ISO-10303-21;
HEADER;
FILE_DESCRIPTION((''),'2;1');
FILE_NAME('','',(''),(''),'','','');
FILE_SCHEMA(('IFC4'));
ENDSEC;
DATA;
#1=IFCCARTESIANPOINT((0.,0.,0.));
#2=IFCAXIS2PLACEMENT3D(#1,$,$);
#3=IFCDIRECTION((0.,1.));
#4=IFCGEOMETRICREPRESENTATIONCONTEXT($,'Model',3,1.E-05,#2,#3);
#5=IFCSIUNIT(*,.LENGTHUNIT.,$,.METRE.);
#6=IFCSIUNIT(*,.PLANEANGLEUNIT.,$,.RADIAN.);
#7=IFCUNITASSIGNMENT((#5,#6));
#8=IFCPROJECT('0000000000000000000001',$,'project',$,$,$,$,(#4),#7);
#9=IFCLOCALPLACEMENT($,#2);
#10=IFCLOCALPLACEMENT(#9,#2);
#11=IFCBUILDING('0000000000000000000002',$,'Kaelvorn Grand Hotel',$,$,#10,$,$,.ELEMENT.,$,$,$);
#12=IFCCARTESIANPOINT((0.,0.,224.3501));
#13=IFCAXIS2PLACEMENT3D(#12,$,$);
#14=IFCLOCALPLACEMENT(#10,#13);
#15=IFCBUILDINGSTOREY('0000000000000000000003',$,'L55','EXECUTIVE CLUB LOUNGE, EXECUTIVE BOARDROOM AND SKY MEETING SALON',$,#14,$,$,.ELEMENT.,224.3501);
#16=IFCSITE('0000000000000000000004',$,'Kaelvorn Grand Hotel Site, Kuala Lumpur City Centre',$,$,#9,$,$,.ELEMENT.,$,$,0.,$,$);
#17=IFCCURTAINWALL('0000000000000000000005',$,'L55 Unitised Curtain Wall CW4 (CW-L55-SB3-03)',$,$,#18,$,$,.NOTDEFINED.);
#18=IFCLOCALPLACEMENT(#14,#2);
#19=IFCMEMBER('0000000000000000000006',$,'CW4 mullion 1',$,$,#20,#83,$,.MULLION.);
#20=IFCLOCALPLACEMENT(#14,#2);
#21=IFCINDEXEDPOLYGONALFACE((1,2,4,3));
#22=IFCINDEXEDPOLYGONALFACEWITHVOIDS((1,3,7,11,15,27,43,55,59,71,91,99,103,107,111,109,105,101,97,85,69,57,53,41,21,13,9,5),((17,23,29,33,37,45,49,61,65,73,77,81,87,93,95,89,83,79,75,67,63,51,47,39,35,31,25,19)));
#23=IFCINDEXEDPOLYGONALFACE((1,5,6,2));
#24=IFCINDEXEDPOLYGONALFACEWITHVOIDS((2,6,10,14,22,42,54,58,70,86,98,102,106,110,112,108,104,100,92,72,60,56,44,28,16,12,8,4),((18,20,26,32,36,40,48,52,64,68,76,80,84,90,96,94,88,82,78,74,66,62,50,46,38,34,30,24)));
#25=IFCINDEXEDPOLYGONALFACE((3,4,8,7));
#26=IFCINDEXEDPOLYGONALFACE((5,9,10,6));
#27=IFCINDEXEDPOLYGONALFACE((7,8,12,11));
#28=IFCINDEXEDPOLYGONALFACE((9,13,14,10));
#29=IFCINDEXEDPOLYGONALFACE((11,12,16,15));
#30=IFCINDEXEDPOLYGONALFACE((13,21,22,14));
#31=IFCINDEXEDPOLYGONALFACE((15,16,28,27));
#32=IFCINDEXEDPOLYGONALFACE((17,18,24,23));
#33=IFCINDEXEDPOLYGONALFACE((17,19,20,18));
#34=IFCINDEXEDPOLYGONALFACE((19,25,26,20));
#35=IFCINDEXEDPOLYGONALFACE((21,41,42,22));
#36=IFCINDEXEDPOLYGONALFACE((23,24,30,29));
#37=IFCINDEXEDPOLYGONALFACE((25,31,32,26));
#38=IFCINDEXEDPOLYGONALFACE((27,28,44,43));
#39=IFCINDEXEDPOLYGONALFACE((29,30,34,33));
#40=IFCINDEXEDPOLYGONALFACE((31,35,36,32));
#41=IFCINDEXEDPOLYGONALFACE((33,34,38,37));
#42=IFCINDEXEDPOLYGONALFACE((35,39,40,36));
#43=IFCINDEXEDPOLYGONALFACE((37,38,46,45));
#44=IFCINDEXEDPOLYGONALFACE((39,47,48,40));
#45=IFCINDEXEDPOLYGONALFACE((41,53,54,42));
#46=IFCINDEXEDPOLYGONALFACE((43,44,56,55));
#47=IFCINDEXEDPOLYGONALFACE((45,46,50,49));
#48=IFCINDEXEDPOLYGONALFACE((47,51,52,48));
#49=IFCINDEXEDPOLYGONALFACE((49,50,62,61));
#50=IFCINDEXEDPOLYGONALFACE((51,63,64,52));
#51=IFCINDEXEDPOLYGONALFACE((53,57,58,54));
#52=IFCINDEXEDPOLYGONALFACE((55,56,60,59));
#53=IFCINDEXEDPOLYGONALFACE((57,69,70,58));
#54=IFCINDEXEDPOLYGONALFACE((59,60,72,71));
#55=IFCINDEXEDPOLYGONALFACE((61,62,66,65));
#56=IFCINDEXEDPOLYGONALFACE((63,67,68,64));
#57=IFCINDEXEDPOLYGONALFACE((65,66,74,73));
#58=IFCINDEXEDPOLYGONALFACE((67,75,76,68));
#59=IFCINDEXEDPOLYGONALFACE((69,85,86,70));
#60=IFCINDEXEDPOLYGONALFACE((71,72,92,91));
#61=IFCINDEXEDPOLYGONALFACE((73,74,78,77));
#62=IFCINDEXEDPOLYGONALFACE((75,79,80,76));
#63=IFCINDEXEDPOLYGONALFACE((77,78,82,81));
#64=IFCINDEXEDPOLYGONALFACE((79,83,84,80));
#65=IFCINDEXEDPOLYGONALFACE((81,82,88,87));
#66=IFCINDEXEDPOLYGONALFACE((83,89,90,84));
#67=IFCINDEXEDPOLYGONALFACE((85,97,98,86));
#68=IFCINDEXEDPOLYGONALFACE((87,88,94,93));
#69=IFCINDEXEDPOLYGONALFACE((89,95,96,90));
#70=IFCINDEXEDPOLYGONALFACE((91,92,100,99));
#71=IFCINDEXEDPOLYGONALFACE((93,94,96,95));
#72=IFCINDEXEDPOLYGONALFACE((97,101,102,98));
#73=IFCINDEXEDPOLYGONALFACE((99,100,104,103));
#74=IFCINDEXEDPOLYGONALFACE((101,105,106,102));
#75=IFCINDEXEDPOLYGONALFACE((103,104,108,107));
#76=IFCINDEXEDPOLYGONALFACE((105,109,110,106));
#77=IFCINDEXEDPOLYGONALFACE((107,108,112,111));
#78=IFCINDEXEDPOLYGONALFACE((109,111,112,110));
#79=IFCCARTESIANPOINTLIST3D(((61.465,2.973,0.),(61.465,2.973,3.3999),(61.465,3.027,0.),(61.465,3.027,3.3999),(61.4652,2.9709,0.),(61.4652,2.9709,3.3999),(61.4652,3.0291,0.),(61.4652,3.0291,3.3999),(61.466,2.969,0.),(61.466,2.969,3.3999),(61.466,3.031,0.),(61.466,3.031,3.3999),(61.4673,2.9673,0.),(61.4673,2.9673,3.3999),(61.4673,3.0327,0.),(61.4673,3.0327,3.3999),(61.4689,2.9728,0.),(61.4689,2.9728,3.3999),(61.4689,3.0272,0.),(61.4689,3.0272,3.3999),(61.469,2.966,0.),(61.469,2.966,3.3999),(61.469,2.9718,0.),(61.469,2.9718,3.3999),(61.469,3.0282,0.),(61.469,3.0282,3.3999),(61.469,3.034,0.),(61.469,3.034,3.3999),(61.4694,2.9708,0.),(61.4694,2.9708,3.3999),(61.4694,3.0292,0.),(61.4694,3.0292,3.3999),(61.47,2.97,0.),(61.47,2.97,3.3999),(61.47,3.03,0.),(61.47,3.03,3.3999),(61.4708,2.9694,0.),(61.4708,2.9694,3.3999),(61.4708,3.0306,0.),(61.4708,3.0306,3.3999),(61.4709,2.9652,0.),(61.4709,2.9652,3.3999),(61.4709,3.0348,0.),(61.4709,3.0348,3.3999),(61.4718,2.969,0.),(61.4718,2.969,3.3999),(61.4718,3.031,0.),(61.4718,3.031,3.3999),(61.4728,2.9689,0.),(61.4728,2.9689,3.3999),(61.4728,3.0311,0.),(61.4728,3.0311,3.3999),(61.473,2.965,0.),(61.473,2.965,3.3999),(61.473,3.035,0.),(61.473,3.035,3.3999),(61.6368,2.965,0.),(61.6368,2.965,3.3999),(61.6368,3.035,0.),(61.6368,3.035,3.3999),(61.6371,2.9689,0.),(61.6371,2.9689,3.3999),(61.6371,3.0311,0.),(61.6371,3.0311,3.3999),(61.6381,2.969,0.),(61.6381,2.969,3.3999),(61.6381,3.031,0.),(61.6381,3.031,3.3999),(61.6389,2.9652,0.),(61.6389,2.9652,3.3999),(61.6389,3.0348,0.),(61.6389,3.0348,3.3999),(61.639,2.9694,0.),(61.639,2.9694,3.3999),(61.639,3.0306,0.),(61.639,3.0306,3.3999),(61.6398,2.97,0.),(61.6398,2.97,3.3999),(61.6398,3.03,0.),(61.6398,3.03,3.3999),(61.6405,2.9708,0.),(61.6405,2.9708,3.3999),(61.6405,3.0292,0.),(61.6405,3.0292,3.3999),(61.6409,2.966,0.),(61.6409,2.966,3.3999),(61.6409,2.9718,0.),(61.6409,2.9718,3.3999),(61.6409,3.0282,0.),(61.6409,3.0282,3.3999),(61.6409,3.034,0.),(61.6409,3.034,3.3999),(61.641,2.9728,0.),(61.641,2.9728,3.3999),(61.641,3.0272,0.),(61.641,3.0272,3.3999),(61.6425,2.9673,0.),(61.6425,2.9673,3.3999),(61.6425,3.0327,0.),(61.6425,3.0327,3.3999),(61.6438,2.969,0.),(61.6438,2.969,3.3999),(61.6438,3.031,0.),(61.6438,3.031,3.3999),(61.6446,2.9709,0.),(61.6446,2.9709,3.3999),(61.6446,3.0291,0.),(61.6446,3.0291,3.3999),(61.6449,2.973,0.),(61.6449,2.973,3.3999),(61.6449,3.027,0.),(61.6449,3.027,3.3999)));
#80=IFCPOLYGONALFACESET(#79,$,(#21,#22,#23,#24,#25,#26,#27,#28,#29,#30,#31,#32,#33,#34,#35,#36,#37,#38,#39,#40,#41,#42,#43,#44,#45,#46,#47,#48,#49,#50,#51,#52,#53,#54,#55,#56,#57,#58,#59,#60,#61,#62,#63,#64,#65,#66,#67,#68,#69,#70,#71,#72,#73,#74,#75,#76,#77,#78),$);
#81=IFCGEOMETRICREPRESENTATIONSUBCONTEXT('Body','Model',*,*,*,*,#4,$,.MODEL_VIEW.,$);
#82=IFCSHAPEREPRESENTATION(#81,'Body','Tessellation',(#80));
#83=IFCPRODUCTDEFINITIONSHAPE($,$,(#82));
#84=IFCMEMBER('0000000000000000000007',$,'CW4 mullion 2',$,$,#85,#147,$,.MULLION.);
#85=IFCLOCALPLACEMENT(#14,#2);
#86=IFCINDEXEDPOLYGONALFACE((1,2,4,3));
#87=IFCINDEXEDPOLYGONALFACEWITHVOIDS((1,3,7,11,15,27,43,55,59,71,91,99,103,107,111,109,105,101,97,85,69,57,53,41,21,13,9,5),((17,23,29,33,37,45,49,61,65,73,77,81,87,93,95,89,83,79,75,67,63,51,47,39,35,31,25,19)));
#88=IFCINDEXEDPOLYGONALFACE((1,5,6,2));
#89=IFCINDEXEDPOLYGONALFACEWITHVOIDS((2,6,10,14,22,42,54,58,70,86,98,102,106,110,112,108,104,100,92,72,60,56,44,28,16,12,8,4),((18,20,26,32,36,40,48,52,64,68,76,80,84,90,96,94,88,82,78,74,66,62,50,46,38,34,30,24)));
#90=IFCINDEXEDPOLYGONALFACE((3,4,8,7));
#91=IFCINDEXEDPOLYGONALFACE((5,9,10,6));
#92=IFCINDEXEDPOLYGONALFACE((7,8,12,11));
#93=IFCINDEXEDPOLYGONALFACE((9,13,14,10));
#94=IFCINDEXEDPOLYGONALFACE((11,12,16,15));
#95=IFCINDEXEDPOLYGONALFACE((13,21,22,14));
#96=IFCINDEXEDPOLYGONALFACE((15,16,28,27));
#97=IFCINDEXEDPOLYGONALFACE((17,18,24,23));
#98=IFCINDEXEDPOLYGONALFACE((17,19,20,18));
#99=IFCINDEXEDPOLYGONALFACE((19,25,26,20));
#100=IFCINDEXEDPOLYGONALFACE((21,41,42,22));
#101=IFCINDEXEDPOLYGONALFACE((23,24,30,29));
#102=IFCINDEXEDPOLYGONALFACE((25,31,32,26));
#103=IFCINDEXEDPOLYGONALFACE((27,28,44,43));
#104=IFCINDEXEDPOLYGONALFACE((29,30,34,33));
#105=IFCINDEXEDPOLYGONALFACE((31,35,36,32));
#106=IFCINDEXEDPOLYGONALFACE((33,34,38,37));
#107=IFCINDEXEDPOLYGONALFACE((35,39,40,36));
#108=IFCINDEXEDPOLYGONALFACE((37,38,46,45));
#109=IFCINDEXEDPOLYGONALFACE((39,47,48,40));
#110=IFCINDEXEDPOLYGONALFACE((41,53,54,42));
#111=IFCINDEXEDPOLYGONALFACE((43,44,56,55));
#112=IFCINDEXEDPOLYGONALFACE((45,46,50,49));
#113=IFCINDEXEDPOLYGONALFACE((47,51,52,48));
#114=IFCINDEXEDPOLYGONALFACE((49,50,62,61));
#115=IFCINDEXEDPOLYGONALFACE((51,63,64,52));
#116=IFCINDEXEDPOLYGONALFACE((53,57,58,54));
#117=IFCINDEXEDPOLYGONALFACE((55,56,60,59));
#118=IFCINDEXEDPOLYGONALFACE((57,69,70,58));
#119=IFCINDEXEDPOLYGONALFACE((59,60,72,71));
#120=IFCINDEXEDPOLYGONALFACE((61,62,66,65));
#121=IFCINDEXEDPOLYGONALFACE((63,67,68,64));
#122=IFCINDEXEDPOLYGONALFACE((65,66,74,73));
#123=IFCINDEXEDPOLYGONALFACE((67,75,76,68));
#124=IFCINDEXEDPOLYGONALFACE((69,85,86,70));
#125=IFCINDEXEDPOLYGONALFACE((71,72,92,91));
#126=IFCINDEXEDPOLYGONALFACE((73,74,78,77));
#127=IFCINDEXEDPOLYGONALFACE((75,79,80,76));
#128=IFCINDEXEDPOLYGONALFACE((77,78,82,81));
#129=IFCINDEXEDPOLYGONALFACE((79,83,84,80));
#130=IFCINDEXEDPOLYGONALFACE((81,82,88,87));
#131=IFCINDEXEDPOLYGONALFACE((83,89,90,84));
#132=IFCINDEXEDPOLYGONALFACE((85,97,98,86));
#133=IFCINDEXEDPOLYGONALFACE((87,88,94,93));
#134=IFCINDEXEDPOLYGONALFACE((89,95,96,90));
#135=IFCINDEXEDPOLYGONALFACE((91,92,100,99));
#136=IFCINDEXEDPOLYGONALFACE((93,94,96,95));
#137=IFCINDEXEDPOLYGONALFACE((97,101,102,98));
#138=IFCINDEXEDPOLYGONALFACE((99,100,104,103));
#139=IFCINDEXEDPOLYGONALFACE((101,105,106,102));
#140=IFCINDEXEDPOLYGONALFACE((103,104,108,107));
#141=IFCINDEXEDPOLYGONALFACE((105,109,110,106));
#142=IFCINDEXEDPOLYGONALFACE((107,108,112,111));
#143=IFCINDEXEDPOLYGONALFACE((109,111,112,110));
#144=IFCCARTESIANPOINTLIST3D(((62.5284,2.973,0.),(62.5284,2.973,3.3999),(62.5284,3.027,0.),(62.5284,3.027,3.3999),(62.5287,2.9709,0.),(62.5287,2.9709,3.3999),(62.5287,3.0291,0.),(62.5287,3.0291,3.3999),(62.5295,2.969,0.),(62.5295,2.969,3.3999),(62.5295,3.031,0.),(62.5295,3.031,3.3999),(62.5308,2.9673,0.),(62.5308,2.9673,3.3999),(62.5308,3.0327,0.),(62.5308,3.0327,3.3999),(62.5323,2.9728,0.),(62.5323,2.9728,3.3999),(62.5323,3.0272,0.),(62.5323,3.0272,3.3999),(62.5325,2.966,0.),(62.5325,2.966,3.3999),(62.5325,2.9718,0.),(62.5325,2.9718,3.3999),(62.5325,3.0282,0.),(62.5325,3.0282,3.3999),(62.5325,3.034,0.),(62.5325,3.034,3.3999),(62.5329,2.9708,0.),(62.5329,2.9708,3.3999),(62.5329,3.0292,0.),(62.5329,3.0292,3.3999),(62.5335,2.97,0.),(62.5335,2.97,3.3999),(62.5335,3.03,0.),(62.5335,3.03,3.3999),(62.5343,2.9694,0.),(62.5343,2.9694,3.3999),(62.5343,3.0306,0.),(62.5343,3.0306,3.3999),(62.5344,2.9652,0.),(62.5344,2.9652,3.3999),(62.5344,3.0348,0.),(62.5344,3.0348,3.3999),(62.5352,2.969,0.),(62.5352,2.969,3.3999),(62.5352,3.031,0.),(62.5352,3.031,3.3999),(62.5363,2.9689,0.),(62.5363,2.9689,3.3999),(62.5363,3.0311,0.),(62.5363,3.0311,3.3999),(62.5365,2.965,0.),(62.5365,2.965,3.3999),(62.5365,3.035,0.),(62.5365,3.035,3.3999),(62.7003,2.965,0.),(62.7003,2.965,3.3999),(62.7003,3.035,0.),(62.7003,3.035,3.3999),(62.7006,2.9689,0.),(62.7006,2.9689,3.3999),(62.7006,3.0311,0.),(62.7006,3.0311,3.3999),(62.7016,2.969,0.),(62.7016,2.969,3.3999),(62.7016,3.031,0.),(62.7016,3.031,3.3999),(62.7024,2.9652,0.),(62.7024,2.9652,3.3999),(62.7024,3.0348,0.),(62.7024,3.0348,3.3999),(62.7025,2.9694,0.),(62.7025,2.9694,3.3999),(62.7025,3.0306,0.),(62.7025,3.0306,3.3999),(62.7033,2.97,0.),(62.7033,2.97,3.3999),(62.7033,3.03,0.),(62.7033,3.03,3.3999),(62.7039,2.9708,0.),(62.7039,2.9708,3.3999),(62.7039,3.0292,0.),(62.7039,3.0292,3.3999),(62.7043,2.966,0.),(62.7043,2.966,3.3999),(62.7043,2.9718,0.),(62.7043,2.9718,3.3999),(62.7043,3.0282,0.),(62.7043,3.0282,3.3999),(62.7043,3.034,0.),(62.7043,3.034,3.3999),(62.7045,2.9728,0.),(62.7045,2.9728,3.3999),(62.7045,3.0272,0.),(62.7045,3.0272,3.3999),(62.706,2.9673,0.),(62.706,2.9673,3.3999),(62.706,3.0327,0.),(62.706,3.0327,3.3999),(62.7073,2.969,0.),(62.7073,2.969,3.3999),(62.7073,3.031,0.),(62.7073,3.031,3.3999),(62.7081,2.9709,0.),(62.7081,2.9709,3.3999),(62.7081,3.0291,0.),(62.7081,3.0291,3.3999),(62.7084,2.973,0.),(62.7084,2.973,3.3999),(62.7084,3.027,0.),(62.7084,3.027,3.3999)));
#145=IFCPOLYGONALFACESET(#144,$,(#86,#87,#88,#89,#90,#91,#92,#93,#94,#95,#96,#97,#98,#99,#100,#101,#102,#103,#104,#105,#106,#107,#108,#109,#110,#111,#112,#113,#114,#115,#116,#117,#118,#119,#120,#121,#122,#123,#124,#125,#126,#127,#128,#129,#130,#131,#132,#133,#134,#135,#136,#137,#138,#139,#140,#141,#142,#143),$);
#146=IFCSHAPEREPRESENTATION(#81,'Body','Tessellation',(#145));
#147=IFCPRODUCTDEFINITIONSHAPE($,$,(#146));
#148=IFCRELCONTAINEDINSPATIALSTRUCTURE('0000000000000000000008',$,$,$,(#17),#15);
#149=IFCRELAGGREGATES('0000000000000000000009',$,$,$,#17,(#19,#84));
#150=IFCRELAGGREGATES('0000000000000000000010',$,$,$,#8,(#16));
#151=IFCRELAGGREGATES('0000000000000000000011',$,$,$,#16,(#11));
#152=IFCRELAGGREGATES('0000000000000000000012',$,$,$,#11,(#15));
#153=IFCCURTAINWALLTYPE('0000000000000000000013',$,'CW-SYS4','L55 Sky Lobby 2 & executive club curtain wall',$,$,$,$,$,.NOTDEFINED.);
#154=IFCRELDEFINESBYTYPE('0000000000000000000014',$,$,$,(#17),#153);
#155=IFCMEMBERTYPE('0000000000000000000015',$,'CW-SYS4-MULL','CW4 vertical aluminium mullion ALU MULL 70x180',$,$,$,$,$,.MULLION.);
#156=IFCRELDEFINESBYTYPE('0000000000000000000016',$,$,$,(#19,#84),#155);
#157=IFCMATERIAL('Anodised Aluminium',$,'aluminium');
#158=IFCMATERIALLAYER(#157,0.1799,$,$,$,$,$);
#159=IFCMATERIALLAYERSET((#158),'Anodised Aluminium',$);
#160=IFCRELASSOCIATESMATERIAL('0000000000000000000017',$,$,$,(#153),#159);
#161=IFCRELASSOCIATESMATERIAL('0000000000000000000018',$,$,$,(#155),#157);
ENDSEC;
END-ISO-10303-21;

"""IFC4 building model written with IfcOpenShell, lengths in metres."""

from ifc_helpers import new_model, si_unit, direction, frame, origin, origin_2d, place, context, subcontext, project, spatial, hollow_rectangle, extrude, material, layer, layer_set, material_profile, profile_set, type_object, element, aggregate, save


model = new_model("IFC4")

# Units and contexts
model_context = context("Model", 3, precision=1e-05, world=origin(), true_north=direction((0.0, 1.0)))
body_context = subcontext(model_context, "Body", "Model", "MODEL_VIEW")
ifc_project = project(units=[si_unit("LENGTHUNIT", "METRE"), si_unit("PLANEANGLEUNIT", "RADIAN")], contexts=[model_context])

# Site, building, storey
site_placement = place(None, origin())
site = spatial("IfcSite", under=ifc_project, at=site_placement, Name="Kaelvorn Grand Hotel Site, Kuala Lumpur City Centre", CompositionType="ELEMENT", RefElevation=0.0)
building_placement = place(site_placement, origin())
building = spatial("IfcBuilding", under=site, at=building_placement, Name="Kaelvorn Grand Hotel", CompositionType="ELEMENT")
storey_placement = place(building_placement, frame((0.0, 0.0, 224.3501)))
storey = spatial("IfcBuildingStorey", under=building, at=storey_placement, Name="L55", Description="EXECUTIVE CLUB LOUNGE, EXECUTIVE BOARDROOM AND SKY MEETING SALON", CompositionType="ELEMENT", Elevation=224.3501)

# Shared definitions
ifc_material_1 = material(Name="Anodised Aluminium", Category="aluminium")
ifc_layer_1 = layer(ifc_material_1, 0.1799)
ifc_layer_set_1 = layer_set([ifc_layer_1], Name="Anodised Aluminium")
curtain_wall_type = type_object("IfcCurtainWallType", Name="CW-SYS4", Description="L55 Sky Lobby 2 & executive club curtain wall", PredefinedType="NOTDEFINED", material=ifc_layer_set_1)
ifc_material_profile_1 = material_profile(ifc_material_1, hollow_rectangle(XDim=0.0701, YDim=0.1799, WallThickness=0.0039, InnerFilletRadius=0.0039, OuterFilletRadius=0.0081, at=origin_2d()), Name="ALU MULL 70x180")
ifc_profile_set_1 = profile_set([ifc_material_profile_1], Name="Anodised Aluminium")
member_type_1 = type_object("IfcMemberType", Name="CW-SYS4-MULL", Description="CW4 vertical aluminium mullion ALU MULL 70x180", PredefinedType="MULLION", material=ifc_profile_set_1)

# Curtain wall, members
curtain_wall_1_placement = place(storey_placement, origin())
curtain_wall_1 = element("IfcCurtainWall", 1, at=curtain_wall_1_placement, inside=storey, type_object=curtain_wall_type, Name="L55 Unitised Curtain Wall CW4 (CW-L55-SB3-03)", PredefinedType="NOTDEFINED")
member_1_placement = place(storey_placement, frame((61.5549, 3.0, 0.0), z_axis=(0.0, 0.0, 1.0), x_axis=(0.0, 1.0, 0.0)))
member_1 = element("IfcMember", 2, at=member_1_placement, type_object=member_type_1, Name="CW4 mullion 1", PredefinedType="MULLION", context=body_context, shape_type="SweptSolid", body=[
    extrude(hollow_rectangle(XDim=0.0701, YDim=0.1799, WallThickness=0.0039, InnerFilletRadius=0.0039, OuterFilletRadius=0.0081, at=origin_2d()), origin(), (0.0, 0.0, 1.0), 3.3999),
])
member_2_placement = place(storey_placement, frame((62.6184, 3.0, 0.0), z_axis=(0.0, 0.0, 1.0), x_axis=(0.0, 1.0, 0.0)))
member_2 = element("IfcMember", 3, at=member_2_placement, type_object=member_type_1, Name="CW4 mullion 2", PredefinedType="MULLION", context=body_context, shape_type="SweptSolid", body=[
    extrude(hollow_rectangle(XDim=0.0701, YDim=0.1799, WallThickness=0.0039, InnerFilletRadius=0.0039, OuterFilletRadius=0.0081, at=origin_2d()), origin(), (0.0, 0.0, 1.0), 3.3999),
])

aggregate(curtain_wall_1, [member_1, member_2])

save(model, "model.ifc")
